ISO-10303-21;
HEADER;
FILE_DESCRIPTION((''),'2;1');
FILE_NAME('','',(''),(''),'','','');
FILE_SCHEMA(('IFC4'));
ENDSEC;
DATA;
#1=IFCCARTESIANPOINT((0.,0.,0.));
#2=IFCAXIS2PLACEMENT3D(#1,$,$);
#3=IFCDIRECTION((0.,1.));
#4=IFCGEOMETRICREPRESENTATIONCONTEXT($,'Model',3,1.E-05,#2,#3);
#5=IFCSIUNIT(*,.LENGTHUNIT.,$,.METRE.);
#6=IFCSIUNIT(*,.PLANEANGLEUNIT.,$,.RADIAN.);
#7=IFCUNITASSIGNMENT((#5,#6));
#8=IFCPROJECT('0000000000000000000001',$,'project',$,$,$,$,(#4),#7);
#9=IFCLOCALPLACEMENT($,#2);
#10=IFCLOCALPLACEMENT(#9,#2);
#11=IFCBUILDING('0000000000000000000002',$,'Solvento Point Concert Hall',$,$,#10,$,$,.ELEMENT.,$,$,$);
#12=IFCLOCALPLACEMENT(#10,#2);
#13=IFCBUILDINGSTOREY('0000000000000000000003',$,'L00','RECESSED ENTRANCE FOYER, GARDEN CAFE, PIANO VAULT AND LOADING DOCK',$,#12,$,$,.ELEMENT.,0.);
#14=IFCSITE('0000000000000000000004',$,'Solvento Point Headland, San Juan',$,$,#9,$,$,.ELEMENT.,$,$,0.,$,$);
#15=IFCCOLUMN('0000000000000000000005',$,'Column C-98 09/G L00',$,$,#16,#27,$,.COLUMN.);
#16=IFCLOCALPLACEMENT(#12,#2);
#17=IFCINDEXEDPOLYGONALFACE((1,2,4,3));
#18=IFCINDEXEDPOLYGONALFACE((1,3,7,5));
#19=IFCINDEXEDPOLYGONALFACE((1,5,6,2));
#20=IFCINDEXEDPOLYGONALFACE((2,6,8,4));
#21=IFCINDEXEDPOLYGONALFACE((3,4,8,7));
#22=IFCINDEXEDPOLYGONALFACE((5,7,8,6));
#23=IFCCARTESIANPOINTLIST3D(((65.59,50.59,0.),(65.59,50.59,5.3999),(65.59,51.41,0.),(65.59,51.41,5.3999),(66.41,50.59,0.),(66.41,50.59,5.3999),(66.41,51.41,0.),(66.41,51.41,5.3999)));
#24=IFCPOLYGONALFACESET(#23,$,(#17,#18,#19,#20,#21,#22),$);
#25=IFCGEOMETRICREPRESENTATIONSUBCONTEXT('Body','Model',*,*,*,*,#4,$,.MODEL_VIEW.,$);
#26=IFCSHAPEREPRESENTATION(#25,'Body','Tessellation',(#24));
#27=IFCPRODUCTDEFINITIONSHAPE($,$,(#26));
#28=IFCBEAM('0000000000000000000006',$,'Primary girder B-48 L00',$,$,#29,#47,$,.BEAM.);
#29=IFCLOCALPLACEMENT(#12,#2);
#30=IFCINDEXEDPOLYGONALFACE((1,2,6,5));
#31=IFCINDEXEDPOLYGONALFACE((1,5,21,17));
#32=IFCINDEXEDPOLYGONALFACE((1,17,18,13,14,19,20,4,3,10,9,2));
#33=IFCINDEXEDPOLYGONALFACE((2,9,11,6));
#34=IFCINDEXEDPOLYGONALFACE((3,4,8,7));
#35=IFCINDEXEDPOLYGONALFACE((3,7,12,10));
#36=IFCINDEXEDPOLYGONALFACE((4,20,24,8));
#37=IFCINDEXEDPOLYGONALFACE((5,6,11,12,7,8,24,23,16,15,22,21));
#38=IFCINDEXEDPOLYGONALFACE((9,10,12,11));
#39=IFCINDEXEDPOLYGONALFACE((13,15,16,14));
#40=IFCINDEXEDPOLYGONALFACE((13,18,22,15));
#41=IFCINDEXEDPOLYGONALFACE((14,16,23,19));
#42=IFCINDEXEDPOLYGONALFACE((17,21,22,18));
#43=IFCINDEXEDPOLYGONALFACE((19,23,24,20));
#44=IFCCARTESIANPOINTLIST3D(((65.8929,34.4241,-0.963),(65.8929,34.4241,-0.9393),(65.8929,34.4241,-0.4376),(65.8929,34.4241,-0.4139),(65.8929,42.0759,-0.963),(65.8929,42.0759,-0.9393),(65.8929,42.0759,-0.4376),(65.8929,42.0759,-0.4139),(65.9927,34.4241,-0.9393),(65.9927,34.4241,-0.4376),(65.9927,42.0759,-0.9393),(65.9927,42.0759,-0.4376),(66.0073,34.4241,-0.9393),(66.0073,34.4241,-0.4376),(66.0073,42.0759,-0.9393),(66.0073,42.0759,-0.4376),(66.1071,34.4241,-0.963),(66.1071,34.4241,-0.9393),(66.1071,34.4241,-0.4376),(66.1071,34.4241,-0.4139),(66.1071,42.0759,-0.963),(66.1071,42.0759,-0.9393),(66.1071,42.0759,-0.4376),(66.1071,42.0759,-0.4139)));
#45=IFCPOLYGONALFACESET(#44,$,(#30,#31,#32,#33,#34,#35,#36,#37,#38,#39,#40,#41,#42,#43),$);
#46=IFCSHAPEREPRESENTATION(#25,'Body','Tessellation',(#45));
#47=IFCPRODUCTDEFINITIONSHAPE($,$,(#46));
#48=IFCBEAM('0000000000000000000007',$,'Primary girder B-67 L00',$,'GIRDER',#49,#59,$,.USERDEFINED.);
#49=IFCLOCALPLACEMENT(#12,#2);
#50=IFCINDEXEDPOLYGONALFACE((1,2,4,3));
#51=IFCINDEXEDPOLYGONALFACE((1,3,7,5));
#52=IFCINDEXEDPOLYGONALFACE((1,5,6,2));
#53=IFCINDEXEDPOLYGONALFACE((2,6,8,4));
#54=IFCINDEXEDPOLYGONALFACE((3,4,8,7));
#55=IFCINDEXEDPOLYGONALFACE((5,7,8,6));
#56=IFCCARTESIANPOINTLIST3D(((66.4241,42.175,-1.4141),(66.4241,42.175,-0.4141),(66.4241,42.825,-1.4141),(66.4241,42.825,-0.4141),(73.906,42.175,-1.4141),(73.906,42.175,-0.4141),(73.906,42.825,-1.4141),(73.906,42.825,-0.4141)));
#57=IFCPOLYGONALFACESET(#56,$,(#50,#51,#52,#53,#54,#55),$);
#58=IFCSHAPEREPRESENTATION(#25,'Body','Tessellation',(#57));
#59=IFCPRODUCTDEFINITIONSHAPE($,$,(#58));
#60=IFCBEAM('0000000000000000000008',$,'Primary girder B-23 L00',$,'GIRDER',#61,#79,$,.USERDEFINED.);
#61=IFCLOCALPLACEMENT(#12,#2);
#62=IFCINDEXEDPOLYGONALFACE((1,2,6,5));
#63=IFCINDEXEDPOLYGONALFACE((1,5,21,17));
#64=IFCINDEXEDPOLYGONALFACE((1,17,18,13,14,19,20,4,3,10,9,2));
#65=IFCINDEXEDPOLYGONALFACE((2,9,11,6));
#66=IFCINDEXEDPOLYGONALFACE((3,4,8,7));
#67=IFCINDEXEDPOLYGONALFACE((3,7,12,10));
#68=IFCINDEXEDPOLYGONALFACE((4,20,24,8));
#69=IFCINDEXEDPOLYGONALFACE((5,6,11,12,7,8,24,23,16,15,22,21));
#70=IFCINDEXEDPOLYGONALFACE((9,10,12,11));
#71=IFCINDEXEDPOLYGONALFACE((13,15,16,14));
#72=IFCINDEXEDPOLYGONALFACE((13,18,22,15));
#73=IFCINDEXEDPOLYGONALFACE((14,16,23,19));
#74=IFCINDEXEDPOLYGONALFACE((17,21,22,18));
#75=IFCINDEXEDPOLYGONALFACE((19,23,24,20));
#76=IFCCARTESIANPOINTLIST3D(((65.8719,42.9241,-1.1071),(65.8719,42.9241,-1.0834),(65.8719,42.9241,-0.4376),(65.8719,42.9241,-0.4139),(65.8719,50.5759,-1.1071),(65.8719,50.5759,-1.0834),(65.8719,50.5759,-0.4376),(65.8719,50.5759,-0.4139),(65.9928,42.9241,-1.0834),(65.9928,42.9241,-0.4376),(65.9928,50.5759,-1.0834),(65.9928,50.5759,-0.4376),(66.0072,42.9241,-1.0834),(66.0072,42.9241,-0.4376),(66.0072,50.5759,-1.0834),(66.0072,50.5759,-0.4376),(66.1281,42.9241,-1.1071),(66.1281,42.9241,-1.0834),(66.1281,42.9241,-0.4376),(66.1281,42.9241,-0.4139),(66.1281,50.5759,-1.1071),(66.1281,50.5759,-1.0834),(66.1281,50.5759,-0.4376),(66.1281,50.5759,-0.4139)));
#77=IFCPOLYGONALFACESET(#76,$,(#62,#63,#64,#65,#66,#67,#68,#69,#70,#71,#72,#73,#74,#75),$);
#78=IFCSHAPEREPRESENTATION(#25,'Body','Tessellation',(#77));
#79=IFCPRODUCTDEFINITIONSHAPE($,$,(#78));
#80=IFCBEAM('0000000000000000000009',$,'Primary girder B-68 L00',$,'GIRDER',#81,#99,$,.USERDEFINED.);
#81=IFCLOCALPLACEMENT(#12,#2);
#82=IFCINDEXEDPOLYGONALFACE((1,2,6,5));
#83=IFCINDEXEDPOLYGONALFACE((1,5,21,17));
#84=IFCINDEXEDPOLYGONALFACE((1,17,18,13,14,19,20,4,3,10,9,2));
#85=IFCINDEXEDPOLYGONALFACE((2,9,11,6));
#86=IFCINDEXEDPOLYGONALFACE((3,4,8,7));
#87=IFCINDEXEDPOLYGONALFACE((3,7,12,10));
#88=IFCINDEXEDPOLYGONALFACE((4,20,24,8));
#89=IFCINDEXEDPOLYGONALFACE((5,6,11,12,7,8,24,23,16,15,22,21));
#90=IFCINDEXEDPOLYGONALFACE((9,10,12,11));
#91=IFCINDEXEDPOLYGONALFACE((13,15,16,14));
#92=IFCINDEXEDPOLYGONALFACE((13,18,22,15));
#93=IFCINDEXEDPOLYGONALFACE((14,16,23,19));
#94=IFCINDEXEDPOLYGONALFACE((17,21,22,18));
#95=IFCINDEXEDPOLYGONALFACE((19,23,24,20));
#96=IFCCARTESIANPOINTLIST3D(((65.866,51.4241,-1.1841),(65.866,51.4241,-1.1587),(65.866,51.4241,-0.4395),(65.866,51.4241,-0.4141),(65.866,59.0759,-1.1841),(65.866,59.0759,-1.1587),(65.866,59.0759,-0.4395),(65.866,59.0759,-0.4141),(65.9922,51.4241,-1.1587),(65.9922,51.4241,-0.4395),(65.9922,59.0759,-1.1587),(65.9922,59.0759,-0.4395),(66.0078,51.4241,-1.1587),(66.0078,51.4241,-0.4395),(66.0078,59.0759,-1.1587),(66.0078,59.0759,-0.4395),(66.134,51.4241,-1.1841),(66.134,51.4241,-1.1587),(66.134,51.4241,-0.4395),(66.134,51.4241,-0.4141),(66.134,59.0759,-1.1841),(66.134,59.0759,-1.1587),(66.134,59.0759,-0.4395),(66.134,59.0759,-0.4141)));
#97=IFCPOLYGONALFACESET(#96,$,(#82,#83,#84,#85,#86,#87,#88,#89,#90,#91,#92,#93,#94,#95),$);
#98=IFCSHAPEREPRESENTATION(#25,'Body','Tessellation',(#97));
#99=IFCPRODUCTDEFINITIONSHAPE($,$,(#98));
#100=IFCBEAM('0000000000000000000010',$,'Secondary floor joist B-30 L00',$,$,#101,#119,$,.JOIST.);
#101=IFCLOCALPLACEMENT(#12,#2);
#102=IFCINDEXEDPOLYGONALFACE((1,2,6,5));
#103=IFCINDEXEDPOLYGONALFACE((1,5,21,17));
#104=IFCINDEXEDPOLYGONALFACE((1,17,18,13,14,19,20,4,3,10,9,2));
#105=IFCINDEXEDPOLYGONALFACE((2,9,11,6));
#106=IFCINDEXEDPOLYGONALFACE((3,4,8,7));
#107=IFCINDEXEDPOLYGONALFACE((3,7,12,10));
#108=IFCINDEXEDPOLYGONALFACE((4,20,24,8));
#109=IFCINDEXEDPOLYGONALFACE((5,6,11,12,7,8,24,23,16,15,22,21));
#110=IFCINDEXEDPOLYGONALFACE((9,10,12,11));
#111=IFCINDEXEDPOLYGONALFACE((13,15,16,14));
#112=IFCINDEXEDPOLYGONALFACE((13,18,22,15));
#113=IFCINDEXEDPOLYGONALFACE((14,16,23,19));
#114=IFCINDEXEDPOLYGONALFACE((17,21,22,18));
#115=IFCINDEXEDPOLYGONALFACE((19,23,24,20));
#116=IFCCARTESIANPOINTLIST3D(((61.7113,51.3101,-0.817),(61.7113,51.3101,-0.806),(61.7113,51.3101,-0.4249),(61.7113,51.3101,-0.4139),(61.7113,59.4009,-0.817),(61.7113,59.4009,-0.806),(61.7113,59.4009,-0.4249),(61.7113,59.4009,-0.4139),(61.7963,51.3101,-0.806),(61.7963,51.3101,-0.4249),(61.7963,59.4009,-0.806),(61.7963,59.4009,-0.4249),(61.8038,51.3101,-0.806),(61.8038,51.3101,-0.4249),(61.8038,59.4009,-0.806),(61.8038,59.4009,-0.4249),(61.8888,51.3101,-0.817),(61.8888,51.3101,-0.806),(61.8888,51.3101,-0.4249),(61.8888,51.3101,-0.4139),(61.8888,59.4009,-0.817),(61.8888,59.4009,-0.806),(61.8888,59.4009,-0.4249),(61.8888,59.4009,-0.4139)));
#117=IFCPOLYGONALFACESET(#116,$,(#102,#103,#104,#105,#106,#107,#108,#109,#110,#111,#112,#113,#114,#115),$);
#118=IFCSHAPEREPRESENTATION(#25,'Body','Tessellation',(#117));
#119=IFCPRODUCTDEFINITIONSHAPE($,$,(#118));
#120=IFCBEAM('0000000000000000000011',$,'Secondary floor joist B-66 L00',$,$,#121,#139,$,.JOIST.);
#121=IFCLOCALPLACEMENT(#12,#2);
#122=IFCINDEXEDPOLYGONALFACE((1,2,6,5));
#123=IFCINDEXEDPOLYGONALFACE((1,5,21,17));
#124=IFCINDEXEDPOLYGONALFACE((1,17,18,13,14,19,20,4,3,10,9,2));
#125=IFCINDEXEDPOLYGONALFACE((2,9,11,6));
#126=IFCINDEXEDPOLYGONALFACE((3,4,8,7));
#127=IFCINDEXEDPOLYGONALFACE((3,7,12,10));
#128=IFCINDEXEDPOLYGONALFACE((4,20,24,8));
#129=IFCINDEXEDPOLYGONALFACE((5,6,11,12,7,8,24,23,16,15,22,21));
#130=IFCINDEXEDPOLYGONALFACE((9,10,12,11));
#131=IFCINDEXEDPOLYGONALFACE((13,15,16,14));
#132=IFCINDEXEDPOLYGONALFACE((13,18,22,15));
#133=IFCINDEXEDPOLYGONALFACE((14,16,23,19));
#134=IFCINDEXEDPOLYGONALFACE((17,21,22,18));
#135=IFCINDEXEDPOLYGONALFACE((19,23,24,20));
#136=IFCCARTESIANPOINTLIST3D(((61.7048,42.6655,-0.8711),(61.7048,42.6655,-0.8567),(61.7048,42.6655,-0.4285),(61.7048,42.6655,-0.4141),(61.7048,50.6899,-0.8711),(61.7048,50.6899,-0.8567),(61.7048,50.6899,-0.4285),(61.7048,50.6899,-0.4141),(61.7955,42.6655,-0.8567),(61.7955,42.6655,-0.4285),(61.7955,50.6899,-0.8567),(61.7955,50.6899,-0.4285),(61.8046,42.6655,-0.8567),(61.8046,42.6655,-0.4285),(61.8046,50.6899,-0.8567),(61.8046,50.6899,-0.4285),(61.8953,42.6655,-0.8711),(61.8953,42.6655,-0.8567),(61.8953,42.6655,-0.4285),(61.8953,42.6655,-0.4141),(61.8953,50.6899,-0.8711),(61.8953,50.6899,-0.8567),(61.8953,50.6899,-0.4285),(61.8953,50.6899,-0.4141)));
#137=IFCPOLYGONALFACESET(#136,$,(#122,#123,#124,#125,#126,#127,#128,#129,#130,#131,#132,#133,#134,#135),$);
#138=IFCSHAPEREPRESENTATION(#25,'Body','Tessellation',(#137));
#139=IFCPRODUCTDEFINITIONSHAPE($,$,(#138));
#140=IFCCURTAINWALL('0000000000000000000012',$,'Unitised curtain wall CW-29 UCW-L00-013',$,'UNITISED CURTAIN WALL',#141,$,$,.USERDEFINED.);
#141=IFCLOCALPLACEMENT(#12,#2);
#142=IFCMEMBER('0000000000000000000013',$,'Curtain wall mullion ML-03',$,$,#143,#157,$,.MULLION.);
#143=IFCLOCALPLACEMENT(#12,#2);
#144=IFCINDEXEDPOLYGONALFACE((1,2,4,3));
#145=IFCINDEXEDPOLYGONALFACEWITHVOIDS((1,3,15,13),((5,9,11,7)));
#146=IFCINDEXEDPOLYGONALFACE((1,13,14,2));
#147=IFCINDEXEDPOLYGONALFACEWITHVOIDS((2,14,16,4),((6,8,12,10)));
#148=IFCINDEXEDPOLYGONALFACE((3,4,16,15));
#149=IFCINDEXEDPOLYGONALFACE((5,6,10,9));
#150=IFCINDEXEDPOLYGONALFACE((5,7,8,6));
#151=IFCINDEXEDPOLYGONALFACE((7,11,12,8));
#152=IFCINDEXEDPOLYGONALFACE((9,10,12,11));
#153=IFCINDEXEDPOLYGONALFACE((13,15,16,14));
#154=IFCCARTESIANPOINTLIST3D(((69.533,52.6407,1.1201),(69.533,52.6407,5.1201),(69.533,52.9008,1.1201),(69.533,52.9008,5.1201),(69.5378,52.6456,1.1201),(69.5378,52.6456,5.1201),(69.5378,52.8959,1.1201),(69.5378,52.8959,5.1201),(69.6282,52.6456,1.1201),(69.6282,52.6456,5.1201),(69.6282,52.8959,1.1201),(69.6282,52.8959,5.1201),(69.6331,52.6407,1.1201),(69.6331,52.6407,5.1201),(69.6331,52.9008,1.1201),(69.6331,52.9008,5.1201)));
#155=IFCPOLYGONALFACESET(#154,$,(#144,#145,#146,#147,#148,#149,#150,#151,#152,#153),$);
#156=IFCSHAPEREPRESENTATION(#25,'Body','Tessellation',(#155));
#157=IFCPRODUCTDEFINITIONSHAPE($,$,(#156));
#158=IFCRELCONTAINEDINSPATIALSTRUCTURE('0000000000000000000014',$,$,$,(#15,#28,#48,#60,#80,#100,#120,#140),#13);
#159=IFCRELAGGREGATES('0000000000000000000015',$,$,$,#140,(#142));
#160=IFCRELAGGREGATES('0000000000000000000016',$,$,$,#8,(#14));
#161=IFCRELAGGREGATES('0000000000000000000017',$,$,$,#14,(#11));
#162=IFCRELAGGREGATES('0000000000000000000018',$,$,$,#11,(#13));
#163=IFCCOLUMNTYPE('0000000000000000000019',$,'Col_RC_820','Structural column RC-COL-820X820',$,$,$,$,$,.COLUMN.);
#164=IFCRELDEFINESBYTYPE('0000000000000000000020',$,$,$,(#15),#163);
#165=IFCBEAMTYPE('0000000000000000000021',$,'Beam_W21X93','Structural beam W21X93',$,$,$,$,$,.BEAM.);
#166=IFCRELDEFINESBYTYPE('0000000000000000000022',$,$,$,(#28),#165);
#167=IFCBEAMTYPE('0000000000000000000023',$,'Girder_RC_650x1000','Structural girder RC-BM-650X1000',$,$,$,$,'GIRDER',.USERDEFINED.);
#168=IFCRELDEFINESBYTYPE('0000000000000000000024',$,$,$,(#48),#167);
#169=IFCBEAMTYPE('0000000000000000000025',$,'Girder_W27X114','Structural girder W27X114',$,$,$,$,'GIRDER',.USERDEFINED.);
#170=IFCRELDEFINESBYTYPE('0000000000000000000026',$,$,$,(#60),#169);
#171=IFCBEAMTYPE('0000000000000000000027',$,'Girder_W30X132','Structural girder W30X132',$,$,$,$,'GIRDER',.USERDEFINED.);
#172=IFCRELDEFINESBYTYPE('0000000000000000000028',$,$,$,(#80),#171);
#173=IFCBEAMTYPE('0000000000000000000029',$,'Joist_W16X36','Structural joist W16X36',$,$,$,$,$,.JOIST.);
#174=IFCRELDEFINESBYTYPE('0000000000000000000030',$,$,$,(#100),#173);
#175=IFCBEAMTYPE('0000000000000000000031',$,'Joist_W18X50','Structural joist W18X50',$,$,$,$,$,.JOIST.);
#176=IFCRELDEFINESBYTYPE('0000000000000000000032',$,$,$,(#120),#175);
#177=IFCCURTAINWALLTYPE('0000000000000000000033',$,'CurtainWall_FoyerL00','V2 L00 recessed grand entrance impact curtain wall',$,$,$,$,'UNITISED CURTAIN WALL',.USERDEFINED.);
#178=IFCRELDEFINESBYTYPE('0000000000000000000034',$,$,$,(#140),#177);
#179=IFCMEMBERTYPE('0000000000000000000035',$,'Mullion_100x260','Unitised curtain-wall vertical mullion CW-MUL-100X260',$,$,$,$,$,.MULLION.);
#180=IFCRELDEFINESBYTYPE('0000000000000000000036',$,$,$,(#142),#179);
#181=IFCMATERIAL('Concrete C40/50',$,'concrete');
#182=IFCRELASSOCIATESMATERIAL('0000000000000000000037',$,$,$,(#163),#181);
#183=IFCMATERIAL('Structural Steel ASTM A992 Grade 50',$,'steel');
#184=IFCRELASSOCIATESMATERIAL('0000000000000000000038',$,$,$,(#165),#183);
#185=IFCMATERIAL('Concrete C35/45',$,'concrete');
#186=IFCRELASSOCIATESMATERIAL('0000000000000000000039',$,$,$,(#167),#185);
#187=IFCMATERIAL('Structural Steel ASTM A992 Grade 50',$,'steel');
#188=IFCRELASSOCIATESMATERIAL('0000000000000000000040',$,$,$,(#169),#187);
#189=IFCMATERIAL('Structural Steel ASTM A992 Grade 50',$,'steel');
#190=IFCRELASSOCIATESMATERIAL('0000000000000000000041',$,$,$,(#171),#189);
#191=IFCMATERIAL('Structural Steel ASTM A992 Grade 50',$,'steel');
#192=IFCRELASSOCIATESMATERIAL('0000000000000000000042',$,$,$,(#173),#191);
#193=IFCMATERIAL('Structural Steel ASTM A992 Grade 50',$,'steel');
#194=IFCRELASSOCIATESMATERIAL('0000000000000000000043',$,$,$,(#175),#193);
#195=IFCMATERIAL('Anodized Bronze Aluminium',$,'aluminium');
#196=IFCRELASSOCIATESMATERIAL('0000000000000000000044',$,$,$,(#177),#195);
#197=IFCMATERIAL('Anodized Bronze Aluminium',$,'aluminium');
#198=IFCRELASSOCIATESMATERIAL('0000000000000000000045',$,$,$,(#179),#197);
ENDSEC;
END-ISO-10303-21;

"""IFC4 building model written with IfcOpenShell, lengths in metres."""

from ifc_helpers import new_model, si_unit, direction, frame, origin, origin_2d, place, context, subcontext, project, spatial, rectangle, hollow_rectangle, i_section, extrude, material, material_profile, profile_set, type_object, element, aggregate, save


model = new_model("IFC4")

# Units and contexts
model_context = context("Model", 3, precision=1e-05, world=origin(), true_north=direction((0.0, 1.0)))
body_context = subcontext(model_context, "Body", "Model", "MODEL_VIEW")
ifc_project = project(units=[si_unit("LENGTHUNIT", "METRE"), si_unit("PLANEANGLEUNIT", "RADIAN")], contexts=[model_context])

# Site, building, storey
site_placement = place(None, origin())
site = spatial("IfcSite", under=ifc_project, at=site_placement, Name="Solvento Point Headland, San Juan", CompositionType="ELEMENT", RefElevation=0.0)
building_placement = place(site_placement, origin())
building = spatial("IfcBuilding", under=site, at=building_placement, Name="Solvento Point Concert Hall", CompositionType="ELEMENT")
storey_placement = place(building_placement, origin())
storey = spatial("IfcBuildingStorey", under=building, at=storey_placement, Name="L00", Description="RECESSED ENTRANCE FOYER, GARDEN CAFE, PIANO VAULT AND LOADING DOCK", CompositionType="ELEMENT", Elevation=0.0)

# Column
ifc_material_1 = material(Name="Concrete C40/50", Category="concrete")
ifc_material_profile_1 = material_profile(ifc_material_1, rectangle(XDim=0.8201, YDim=0.8201, at=origin_2d()), Name="RC-COL-820X820")
ifc_profile_set_1 = profile_set([ifc_material_profile_1], Name="Concrete C40/50")
column_type = type_object("IfcColumnType", Name="Col_RC_820", Description="Structural column RC-COL-820X820", PredefinedType="COLUMN", material=ifc_profile_set_1)
column_placement = place(storey_placement, frame((66.0, 51.0, 0.0), z_axis=(0.0, 0.0, 1.0), x_axis=(1.0, 0.0, 0.0)))
element("IfcColumn", 1, at=column_placement, inside=storey, type_object=column_type, Name="Column C-98 09/G L00", PredefinedType="COLUMN", context=body_context, shape_type="SweptSolid", body=[
    extrude(rectangle(XDim=0.8201, YDim=0.8201, at=origin_2d()), origin(), (0.0, 0.0, 1.0), 5.3999),
])

# Beams
ifc_material_2 = material(Name="Structural Steel ASTM A992 Grade 50", Category="steel")
ifc_material_profile_2 = material_profile(ifc_material_2, i_section(OverallWidth=0.2141, OverallDepth=0.5491, WebThickness=0.0146, FlangeThickness=0.0237, at=origin_2d()), Name="W21X93")
ifc_profile_set_2 = profile_set([ifc_material_profile_2], Name="Structural Steel ASTM A992 Grade 50")
beam_type_1 = type_object("IfcBeamType", Name="Beam_W21X93", Description="Structural beam W21X93", PredefinedType="BEAM", material=ifc_profile_set_2)
beam_1_placement = place(storey_placement, frame((66.0, 34.4241, -0.6885), z_axis=(0.0, 1.0, 0.0), x_axis=(-1.0, 0.0, 0.0)))
element("IfcBeam", 2, at=beam_1_placement, inside=storey, type_object=beam_type_1, Name="Primary girder B-48 L00", PredefinedType="BEAM", context=body_context, shape_type="SweptSolid", body=[
    extrude(i_section(OverallWidth=0.2141, OverallDepth=0.5491, WebThickness=0.0146, FlangeThickness=0.0237, at=origin_2d()), origin(), (0.0, 0.0, 1.0), 7.6519),
])
ifc_material_3 = material(Name="Concrete C35/45", Category="concrete")
ifc_material_profile_3 = material_profile(ifc_material_3, rectangle(XDim=0.6499, YDim=1.0, at=origin_2d()), Name="RC-BM-650X1000")
ifc_profile_set_3 = profile_set([ifc_material_profile_3], Name="Concrete C35/45")
beam_type_2 = type_object("IfcBeamType", Name="Girder_RC_650x1000", Description="Structural girder RC-BM-650X1000", ElementType="GIRDER", PredefinedType="USERDEFINED", material=ifc_profile_set_3)
beam_2_placement = place(storey_placement, frame((66.4241, 42.5, -0.9141), z_axis=(1.0, 0.0, 0.0), x_axis=(0.0, 1.0, 0.0)))
element("IfcBeam", 3, at=beam_2_placement, inside=storey, type_object=beam_type_2, Name="Primary girder B-67 L00", ObjectType="GIRDER", PredefinedType="USERDEFINED", context=body_context, shape_type="SweptSolid", body=[
    extrude(rectangle(XDim=0.6499, YDim=1.0, at=origin_2d()), origin(), (0.0, 0.0, 1.0), 7.4819),
])
ifc_material_4 = material(Name="Structural Steel ASTM A992 Grade 50", Category="steel")
ifc_material_profile_4 = material_profile(ifc_material_4, i_section(OverallWidth=0.2561, OverallDepth=0.6931, WebThickness=0.0144, FlangeThickness=0.0237, at=origin_2d()), Name="W27X114")
ifc_profile_set_4 = profile_set([ifc_material_profile_4], Name="Structural Steel ASTM A992 Grade 50")
beam_type_3 = type_object("IfcBeamType", Name="Girder_W27X114", Description="Structural girder W27X114", ElementType="GIRDER", PredefinedType="USERDEFINED", material=ifc_profile_set_4)
beam_3_placement = place(storey_placement, frame((66.0, 42.9241, -0.7605), z_axis=(0.0, 1.0, 0.0), x_axis=(-1.0, 0.0, 0.0)))
element("IfcBeam", 4, at=beam_3_placement, inside=storey, type_object=beam_type_3, Name="Primary girder B-23 L00", ObjectType="GIRDER", PredefinedType="USERDEFINED", context=body_context, shape_type="SweptSolid", body=[
    extrude(i_section(OverallWidth=0.2561, OverallDepth=0.6931, WebThickness=0.0144, FlangeThickness=0.0237, at=origin_2d()), origin(), (0.0, 0.0, 1.0), 7.6519),
])
ifc_material_5 = material(Name="Structural Steel ASTM A992 Grade 50", Category="steel")
ifc_material_profile_5 = material_profile(ifc_material_5, i_section(OverallWidth=0.2681, OverallDepth=0.77, WebThickness=0.0156, FlangeThickness=0.0254, at=origin_2d()), Name="W30X132")
ifc_profile_set_5 = profile_set([ifc_material_profile_5], Name="Structural Steel ASTM A992 Grade 50")
beam_type_4 = type_object("IfcBeamType", Name="Girder_W30X132", Description="Structural girder W30X132", ElementType="GIRDER", PredefinedType="USERDEFINED", material=ifc_profile_set_5)
beam_4_placement = place(storey_placement, frame((66.0, 51.4241, -0.7991), z_axis=(0.0, 1.0, 0.0), x_axis=(-1.0, 0.0, 0.0)))
element("IfcBeam", 5, at=beam_4_placement, inside=storey, type_object=beam_type_4, Name="Primary girder B-68 L00", ObjectType="GIRDER", PredefinedType="USERDEFINED", context=body_context, shape_type="SweptSolid", body=[
    extrude(i_section(OverallWidth=0.2681, OverallDepth=0.77, WebThickness=0.0156, FlangeThickness=0.0254, at=origin_2d()), origin(), (0.0, 0.0, 1.0), 7.6519),
])
ifc_material_6 = material(Name="Structural Steel ASTM A992 Grade 50", Category="steel")
ifc_material_profile_6 = material_profile(ifc_material_6, i_section(OverallWidth=0.1775, OverallDepth=0.4031, WebThickness=0.0076, FlangeThickness=0.011, at=origin_2d()), Name="W16X36")
ifc_profile_set_6 = profile_set([ifc_material_profile_6], Name="Structural Steel ASTM A992 Grade 50")
beam_type_5 = type_object("IfcBeamType", Name="Joist_W16X36", Description="Structural joist W16X36", PredefinedType="JOIST", material=ifc_profile_set_6)
beam_5_placement = place(storey_placement, frame((61.8, 51.3101, -0.6155), z_axis=(0.0, 1.0, 0.0), x_axis=(-1.0, 0.0, 0.0)))
element("IfcBeam", 6, at=beam_5_placement, inside=storey, type_object=beam_type_5, Name="Secondary floor joist B-30 L00", PredefinedType="JOIST", context=body_context, shape_type="SweptSolid", body=[
    extrude(i_section(OverallWidth=0.1775, OverallDepth=0.4031, WebThickness=0.0076, FlangeThickness=0.011, at=origin_2d()), origin(), (0.0, 0.0, 1.0), 8.0908),
])
ifc_material_7 = material(Name="Structural Steel ASTM A992 Grade 50", Category="steel")
ifc_material_profile_7 = material_profile(ifc_material_7, i_section(OverallWidth=0.1904, OverallDepth=0.457, WebThickness=0.009, FlangeThickness=0.0144, at=origin_2d()), Name="W18X50")
ifc_profile_set_7 = profile_set([ifc_material_profile_7], Name="Structural Steel ASTM A992 Grade 50")
beam_type_6 = type_object("IfcBeamType", Name="Joist_W18X50", Description="Structural joist W18X50", PredefinedType="JOIST", material=ifc_profile_set_7)
beam_6_placement = place(storey_placement, frame((61.8, 42.6655, -0.6426), z_axis=(0.0, 1.0, 0.0), x_axis=(-1.0, 0.0, 0.0)))
element("IfcBeam", 7, at=beam_6_placement, inside=storey, type_object=beam_type_6, Name="Secondary floor joist B-66 L00", PredefinedType="JOIST", context=body_context, shape_type="SweptSolid", body=[
    extrude(i_section(OverallWidth=0.1904, OverallDepth=0.457, WebThickness=0.009, FlangeThickness=0.0144, at=origin_2d()), origin(), (0.0, 0.0, 1.0), 8.0244),
])

# Curtain wall, member
ifc_material_8 = material(Name="Anodized Bronze Aluminium", Category="aluminium")
curtain_wall_type = type_object("IfcCurtainWallType", Name="CurtainWall_FoyerL00", Description="V2 L00 recessed grand entrance impact curtain wall", ElementType="UNITISED CURTAIN WALL", PredefinedType="USERDEFINED", material=ifc_material_8)
curtain_wall_placement = place(storey_placement, origin())
curtain_wall = element("IfcCurtainWall", 8, at=curtain_wall_placement, inside=storey, type_object=curtain_wall_type, Name="Unitised curtain wall CW-29 UCW-L00-013", ObjectType="UNITISED CURTAIN WALL", PredefinedType="USERDEFINED")
ifc_material_9 = material(Name="Anodized Bronze Aluminium", Category="aluminium")
ifc_material_profile_8 = material_profile(ifc_material_9, hollow_rectangle(XDim=0.1001, YDim=0.26, WallThickness=0.0049, at=origin_2d()), Name="CW-MUL-100X260")
ifc_profile_set_8 = profile_set([ifc_material_profile_8], Name="Anodized Bronze Aluminium")
member_type = type_object("IfcMemberType", Name="Mullion_100x260", Description="Unitised curtain-wall vertical mullion CW-MUL-100X260", PredefinedType="MULLION", material=ifc_profile_set_8)
member_1_placement = place(storey_placement, frame((69.583, 52.7708, 1.1201), z_axis=(0.0, 0.0, 1.0), x_axis=(1.0, 0.0, 0.0)))
member_1 = element("IfcMember", 9, at=member_1_placement, type_object=member_type, Name="Curtain wall mullion ML-03", PredefinedType="MULLION", context=body_context, shape_type="SweptSolid", body=[
    extrude(hollow_rectangle(XDim=0.1001, YDim=0.26, WallThickness=0.0049, at=origin_2d()), origin(), (0.0, 0.0, 1.0), 4.0),
])
aggregate(curtain_wall, [member_1])

save(model, "model.ifc")
